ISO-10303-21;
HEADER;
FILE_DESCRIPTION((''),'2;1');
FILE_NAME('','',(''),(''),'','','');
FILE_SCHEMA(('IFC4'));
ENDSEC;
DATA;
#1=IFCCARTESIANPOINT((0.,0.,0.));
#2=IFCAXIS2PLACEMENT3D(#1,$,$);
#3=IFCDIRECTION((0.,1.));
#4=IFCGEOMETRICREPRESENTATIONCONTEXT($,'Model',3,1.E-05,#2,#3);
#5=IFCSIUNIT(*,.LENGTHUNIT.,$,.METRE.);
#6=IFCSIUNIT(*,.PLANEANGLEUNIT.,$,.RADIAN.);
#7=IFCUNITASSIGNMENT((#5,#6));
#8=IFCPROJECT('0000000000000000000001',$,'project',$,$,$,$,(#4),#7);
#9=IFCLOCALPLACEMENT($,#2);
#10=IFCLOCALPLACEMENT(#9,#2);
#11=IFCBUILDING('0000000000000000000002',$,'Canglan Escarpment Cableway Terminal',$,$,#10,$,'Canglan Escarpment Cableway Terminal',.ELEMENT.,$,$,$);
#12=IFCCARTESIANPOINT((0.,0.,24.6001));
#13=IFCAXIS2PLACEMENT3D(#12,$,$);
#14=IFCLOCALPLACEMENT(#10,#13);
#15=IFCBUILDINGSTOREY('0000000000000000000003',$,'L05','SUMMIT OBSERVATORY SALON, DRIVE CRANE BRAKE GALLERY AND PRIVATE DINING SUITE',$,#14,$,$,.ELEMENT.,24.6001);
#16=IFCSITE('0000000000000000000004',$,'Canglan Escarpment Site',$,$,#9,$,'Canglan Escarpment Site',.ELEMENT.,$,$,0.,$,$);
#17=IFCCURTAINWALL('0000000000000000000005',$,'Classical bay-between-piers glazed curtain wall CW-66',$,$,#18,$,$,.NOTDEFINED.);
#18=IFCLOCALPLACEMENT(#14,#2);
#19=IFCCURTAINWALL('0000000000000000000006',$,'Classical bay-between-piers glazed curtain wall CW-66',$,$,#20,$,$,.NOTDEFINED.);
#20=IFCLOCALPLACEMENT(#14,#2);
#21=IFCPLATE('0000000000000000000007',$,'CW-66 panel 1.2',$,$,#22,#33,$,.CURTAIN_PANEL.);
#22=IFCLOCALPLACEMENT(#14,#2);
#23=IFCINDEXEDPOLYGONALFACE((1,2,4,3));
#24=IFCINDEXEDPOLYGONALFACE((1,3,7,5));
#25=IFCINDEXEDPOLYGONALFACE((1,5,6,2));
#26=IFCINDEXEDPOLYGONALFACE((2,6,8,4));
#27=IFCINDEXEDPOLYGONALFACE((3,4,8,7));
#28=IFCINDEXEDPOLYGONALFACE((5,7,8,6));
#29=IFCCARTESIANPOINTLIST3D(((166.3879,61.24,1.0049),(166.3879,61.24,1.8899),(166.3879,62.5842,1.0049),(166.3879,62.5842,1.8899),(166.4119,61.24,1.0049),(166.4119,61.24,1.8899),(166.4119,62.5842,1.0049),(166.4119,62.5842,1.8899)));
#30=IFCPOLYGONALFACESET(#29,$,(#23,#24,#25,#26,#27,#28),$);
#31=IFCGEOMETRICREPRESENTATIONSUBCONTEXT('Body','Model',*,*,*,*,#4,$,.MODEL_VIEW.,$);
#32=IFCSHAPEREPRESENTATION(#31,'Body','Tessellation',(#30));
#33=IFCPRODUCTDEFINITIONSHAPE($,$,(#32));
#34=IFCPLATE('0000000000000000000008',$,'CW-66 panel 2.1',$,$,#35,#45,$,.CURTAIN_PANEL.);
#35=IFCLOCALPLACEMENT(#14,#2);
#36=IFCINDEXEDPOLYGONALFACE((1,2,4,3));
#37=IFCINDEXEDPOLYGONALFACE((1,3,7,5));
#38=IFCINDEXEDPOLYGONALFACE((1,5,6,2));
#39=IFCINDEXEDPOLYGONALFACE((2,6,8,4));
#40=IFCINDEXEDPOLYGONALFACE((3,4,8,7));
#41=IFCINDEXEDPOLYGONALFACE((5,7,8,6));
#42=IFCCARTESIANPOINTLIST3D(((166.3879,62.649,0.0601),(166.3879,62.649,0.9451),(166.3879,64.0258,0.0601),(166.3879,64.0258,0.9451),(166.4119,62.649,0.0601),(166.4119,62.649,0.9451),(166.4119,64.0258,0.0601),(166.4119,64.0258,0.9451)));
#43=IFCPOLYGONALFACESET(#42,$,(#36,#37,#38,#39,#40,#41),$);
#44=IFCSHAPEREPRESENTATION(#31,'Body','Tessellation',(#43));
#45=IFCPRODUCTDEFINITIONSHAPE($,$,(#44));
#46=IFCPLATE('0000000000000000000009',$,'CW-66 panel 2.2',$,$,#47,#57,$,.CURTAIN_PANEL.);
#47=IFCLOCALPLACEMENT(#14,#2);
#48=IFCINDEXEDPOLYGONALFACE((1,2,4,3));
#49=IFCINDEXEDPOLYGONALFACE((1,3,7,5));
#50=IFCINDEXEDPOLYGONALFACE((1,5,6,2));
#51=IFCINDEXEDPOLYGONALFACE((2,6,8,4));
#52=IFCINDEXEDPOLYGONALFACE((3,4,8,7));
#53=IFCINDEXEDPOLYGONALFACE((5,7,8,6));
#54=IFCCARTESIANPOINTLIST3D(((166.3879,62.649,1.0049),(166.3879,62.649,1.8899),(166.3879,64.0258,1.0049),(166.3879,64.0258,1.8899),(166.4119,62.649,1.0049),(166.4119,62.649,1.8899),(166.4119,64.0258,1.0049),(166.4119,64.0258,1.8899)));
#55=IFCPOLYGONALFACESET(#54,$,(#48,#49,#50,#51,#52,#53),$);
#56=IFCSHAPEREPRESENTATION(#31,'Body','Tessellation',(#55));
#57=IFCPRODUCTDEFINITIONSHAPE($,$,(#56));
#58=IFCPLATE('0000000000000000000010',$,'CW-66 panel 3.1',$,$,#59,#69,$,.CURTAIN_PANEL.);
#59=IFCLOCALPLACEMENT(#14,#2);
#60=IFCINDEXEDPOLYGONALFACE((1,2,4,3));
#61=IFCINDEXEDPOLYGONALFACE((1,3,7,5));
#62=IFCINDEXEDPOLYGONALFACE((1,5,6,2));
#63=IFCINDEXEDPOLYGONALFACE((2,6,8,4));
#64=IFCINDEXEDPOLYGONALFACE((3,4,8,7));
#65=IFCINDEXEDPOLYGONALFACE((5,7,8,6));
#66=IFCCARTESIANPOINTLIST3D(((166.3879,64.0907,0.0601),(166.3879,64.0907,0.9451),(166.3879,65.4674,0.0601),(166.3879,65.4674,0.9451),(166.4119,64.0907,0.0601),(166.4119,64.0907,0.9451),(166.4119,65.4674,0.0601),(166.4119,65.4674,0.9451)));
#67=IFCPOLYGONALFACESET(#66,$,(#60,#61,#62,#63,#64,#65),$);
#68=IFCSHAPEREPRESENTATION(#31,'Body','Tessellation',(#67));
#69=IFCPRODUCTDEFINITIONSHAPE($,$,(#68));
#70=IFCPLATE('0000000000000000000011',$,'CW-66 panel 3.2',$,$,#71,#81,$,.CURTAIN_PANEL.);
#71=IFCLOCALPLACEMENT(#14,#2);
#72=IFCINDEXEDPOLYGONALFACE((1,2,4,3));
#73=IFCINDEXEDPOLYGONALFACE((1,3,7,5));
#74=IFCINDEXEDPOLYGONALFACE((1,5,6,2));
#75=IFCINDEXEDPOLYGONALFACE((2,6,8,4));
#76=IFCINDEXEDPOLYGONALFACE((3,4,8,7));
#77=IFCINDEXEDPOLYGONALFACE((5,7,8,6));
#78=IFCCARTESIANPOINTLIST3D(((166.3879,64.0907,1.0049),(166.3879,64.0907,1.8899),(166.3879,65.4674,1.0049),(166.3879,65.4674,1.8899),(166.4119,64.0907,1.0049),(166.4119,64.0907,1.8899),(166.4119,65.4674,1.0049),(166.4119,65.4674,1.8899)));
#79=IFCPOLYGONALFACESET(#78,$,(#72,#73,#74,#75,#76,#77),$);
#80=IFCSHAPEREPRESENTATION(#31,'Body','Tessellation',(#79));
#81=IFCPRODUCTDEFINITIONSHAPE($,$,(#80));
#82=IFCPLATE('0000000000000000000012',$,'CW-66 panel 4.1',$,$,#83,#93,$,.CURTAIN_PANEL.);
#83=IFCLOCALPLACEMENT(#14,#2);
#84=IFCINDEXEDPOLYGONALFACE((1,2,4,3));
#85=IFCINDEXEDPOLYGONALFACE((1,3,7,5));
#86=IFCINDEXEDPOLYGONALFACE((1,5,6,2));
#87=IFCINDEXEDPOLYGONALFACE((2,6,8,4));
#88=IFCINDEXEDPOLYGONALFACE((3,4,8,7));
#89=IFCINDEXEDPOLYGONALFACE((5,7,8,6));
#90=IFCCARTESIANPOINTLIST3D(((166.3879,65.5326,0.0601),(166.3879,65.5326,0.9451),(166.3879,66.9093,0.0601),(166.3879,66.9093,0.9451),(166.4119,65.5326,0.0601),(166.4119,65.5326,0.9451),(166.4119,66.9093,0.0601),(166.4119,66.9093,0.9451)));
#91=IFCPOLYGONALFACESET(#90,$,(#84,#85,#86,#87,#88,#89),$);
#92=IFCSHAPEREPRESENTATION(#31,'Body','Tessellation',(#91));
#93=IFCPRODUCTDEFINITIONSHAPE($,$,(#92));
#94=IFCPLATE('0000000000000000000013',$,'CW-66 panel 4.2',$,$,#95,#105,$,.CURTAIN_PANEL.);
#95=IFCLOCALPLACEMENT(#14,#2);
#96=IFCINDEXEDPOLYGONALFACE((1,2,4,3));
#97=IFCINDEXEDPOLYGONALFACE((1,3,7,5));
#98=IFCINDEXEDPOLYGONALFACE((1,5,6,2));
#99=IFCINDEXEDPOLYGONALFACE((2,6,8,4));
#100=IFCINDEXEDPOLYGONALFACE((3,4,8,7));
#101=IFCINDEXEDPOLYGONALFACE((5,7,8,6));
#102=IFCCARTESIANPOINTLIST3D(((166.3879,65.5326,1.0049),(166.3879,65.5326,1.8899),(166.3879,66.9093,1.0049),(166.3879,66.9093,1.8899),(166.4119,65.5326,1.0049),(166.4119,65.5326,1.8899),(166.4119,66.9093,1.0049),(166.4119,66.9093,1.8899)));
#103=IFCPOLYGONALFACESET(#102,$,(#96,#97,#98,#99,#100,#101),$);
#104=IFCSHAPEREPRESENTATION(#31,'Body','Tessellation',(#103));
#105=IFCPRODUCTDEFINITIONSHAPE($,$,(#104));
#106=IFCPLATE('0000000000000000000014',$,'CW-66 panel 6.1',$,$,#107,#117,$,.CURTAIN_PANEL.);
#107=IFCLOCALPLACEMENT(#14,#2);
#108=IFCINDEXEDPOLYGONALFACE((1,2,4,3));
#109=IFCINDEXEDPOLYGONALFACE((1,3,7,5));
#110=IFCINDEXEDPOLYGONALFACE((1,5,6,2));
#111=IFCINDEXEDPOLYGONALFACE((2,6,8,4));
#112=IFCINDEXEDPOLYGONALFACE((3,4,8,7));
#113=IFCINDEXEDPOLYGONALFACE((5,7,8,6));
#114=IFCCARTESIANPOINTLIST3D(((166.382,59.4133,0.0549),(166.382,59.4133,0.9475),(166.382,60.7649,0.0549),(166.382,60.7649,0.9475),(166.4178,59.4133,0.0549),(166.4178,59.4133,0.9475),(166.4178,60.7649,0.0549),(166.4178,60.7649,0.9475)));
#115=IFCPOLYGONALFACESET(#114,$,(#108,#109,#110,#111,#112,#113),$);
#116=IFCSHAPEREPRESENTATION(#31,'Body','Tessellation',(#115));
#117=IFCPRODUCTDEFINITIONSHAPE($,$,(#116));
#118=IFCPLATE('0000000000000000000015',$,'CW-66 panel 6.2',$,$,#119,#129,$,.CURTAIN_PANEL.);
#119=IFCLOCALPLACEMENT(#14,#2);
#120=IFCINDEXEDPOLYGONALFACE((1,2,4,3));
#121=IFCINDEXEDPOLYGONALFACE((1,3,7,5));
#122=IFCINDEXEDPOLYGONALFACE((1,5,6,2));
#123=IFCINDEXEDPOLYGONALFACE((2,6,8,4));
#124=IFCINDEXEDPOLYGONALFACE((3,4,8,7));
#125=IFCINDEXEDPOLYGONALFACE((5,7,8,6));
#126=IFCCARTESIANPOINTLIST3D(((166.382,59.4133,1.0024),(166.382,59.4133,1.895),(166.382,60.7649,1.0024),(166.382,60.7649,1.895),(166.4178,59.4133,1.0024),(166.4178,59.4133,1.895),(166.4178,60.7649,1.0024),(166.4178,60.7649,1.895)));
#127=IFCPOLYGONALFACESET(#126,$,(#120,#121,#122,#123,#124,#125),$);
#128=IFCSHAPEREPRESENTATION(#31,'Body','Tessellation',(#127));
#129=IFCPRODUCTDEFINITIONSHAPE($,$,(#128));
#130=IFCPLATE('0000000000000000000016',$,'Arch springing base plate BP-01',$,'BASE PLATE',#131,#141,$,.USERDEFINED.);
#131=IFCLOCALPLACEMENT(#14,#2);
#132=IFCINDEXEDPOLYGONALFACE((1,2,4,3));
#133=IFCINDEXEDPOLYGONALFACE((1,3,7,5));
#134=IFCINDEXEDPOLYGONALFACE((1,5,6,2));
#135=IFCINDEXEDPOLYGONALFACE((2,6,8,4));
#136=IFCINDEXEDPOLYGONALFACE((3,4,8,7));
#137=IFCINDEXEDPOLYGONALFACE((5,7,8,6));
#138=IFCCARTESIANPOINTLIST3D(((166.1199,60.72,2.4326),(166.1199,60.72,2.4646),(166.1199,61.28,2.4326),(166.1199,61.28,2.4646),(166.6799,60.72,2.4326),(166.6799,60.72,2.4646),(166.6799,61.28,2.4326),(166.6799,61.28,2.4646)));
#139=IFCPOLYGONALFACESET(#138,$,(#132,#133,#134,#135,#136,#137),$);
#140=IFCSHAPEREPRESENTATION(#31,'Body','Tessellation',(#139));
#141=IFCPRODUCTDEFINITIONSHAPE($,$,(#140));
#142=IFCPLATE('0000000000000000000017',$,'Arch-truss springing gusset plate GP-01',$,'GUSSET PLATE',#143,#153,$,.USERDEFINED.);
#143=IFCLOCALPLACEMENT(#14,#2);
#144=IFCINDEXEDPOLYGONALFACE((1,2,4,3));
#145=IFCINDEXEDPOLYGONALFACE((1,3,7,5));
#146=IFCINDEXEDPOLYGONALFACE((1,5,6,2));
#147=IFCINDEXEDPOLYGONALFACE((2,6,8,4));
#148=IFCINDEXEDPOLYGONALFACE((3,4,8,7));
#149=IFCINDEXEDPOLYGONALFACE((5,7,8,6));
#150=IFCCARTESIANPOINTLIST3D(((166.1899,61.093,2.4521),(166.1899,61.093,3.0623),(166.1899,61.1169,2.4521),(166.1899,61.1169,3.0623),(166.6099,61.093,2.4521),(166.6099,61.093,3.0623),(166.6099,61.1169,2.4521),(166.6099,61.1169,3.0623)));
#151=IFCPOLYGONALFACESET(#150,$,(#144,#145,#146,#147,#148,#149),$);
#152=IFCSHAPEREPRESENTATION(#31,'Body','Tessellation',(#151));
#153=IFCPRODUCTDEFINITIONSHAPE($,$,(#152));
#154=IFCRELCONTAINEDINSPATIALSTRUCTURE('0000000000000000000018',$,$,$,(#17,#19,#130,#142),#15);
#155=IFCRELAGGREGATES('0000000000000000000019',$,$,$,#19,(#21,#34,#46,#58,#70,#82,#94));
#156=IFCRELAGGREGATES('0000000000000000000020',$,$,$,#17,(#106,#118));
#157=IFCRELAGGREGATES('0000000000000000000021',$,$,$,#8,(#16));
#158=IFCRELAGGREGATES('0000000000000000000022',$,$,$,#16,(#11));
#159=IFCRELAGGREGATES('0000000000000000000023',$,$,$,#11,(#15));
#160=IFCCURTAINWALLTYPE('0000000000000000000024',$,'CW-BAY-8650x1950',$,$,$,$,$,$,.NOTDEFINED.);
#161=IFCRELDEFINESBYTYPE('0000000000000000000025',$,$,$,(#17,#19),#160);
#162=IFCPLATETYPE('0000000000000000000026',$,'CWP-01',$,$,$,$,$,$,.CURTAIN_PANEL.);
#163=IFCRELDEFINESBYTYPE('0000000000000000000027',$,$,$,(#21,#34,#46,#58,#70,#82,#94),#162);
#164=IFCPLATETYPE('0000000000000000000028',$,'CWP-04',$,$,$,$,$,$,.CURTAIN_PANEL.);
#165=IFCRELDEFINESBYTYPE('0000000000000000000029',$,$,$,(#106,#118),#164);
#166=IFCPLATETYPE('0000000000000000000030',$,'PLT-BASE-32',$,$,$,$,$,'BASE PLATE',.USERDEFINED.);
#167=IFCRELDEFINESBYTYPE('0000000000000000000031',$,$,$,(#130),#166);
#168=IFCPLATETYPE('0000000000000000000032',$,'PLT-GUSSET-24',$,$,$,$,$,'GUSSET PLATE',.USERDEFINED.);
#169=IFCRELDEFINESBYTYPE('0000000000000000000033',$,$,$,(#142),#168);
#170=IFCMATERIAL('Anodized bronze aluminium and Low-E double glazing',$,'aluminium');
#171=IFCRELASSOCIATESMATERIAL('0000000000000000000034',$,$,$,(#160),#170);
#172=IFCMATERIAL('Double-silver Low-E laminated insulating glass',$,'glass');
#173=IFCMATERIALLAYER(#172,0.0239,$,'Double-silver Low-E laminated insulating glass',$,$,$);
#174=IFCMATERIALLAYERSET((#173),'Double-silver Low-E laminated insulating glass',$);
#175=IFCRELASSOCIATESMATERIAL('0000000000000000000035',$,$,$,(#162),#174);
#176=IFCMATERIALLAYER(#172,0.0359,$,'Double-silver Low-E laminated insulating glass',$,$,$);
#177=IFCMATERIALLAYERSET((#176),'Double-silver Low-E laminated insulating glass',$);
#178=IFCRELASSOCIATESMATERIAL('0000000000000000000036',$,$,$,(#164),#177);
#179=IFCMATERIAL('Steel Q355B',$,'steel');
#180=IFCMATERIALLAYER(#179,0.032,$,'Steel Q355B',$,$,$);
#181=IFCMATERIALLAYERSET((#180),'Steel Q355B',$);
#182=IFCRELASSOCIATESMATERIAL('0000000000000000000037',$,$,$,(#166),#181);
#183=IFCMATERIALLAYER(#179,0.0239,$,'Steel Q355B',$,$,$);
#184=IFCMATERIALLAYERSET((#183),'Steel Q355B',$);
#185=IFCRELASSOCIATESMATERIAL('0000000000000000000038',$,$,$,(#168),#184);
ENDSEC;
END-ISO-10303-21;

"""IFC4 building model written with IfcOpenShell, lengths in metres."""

from ifc_helpers import new_model, si_unit, direction, frame, origin, origin_2d, place, context, subcontext, project, spatial, rectangle, extrude, material, layer, layer_set, type_object, element, aggregate, save


model = new_model("IFC4")

# Units and contexts
model_context = context("Model", 3, precision=1e-05, world=origin(), true_north=direction((0.0, 1.0)))
body_context = subcontext(model_context, "Body", "Model", "MODEL_VIEW")
ifc_project = project(units=[si_unit("LENGTHUNIT", "METRE"), si_unit("PLANEANGLEUNIT", "RADIAN")], contexts=[model_context])

# Site, building, storey
site_placement = place(None, origin())
site = spatial("IfcSite", under=ifc_project, at=site_placement, Name="Canglan Escarpment Site", LongName="Canglan Escarpment Site", CompositionType="ELEMENT", RefElevation=0.0)
building_placement = place(site_placement, origin())
building = spatial("IfcBuilding", under=site, at=building_placement, Name="Canglan Escarpment Cableway Terminal", LongName="Canglan Escarpment Cableway Terminal", CompositionType="ELEMENT")
storey_placement = place(building_placement, frame((0.0, 0.0, 24.6001)))
storey = spatial("IfcBuildingStorey", under=building, at=storey_placement, Name="L05", Description="SUMMIT OBSERVATORY SALON, DRIVE CRANE BRAKE GALLERY AND PRIVATE DINING SUITE", CompositionType="ELEMENT", Elevation=24.6001)

# Shared definitions
ifc_material_1 = material(Name="Steel Q355B", Category="steel")

# Curtain wall
ifc_material_2 = material(Name="Anodized bronze aluminium and Low-E double glazing", Category="aluminium")
curtain_wall_type = type_object("IfcCurtainWallType", Name="CW-BAY-8650x1950", PredefinedType="NOTDEFINED", material=ifc_material_2)
curtain_wall_1_placement = place(storey_placement, origin())
curtain_wall_1 = element("IfcCurtainWall", 1, at=curtain_wall_1_placement, inside=storey, type_object=curtain_wall_type, Name="Classical bay-between-piers glazed curtain wall CW-66", PredefinedType="NOTDEFINED")

# Curtain wall
curtain_wall_2_placement = place(storey_placement, origin())
curtain_wall_2 = element("IfcCurtainWall", 2, at=curtain_wall_2_placement, inside=storey, type_object=curtain_wall_type, Name="Classical bay-between-piers glazed curtain wall CW-66", PredefinedType="NOTDEFINED")

# Plates
ifc_material_3 = material(Name="Double-silver Low-E laminated insulating glass", Category="glass")
ifc_layer_1 = layer(ifc_material_3, 0.0239, Name="Double-silver Low-E laminated insulating glass")
ifc_layer_set_1 = layer_set([ifc_layer_1], Name="Double-silver Low-E laminated insulating glass")
plate_type_1 = type_object("IfcPlateType", Name="CWP-01", PredefinedType="CURTAIN_PANEL", material=ifc_layer_set_1)
plate_1_placement = place(storey_placement, frame((166.3999, 61.9121, 1.0049), z_axis=(0.0, 0.0, 1.0), x_axis=(0.0, 1.0, 0.0)))
plate_1 = element("IfcPlate", 3, at=plate_1_placement, type_object=plate_type_1, Name="CW-66 panel 1.2", PredefinedType="CURTAIN_PANEL", context=body_context, shape_type="SweptSolid", body=[
    extrude(rectangle(XDim=1.3442, YDim=0.0239, at=origin_2d()), origin(), (0.0, 0.0, 1.0), 0.885),
])
plate_2_placement = place(storey_placement, frame((166.3999, 63.3374, 0.0601), z_axis=(0.0, 0.0, 1.0), x_axis=(0.0, 1.0, 0.0)))
plate_2 = element("IfcPlate", 4, at=plate_2_placement, type_object=plate_type_1, Name="CW-66 panel 2.1", PredefinedType="CURTAIN_PANEL", context=body_context, shape_type="SweptSolid", body=[
    extrude(rectangle(XDim=1.3767, YDim=0.0239, at=origin_2d()), origin(), (0.0, 0.0, 1.0), 0.885),
])
plate_3_placement = place(storey_placement, frame((166.3999, 63.3374, 1.0049), z_axis=(0.0, 0.0, 1.0), x_axis=(0.0, 1.0, 0.0)))
plate_3 = element("IfcPlate", 5, at=plate_3_placement, type_object=plate_type_1, Name="CW-66 panel 2.2", PredefinedType="CURTAIN_PANEL", context=body_context, shape_type="SweptSolid", body=[
    extrude(rectangle(XDim=1.3767, YDim=0.0239, at=origin_2d()), origin(), (0.0, 0.0, 1.0), 0.885),
])
plate_4_placement = place(storey_placement, frame((166.3999, 64.7791, 0.0601), z_axis=(0.0, 0.0, 1.0), x_axis=(0.0, 1.0, 0.0)))
plate_4 = element("IfcPlate", 6, at=plate_4_placement, type_object=plate_type_1, Name="CW-66 panel 3.1", PredefinedType="CURTAIN_PANEL", context=body_context, shape_type="SweptSolid", body=[
    extrude(rectangle(XDim=1.3767, YDim=0.0239, at=origin_2d()), origin(), (0.0, 0.0, 1.0), 0.885),
])
plate_5_placement = place(storey_placement, frame((166.3999, 64.7791, 1.0049), z_axis=(0.0, 0.0, 1.0), x_axis=(0.0, 1.0, 0.0)))
plate_5 = element("IfcPlate", 7, at=plate_5_placement, type_object=plate_type_1, Name="CW-66 panel 3.2", PredefinedType="CURTAIN_PANEL", context=body_context, shape_type="SweptSolid", body=[
    extrude(rectangle(XDim=1.3767, YDim=0.0239, at=origin_2d()), origin(), (0.0, 0.0, 1.0), 0.885),
])
plate_6_placement = place(storey_placement, frame((166.3999, 66.2209, 0.0601), z_axis=(0.0, 0.0, 1.0), x_axis=(0.0, 1.0, 0.0)))
plate_6 = element("IfcPlate", 8, at=plate_6_placement, type_object=plate_type_1, Name="CW-66 panel 4.1", PredefinedType="CURTAIN_PANEL", context=body_context, shape_type="SweptSolid", body=[
    extrude(rectangle(XDim=1.3767, YDim=0.0239, at=origin_2d()), origin(), (0.0, 0.0, 1.0), 0.885),
])
plate_7_placement = place(storey_placement, frame((166.3999, 66.2209, 1.0049), z_axis=(0.0, 0.0, 1.0), x_axis=(0.0, 1.0, 0.0)))
plate_7 = element("IfcPlate", 9, at=plate_7_placement, type_object=plate_type_1, Name="CW-66 panel 4.2", PredefinedType="CURTAIN_PANEL", context=body_context, shape_type="SweptSolid", body=[
    extrude(rectangle(XDim=1.3767, YDim=0.0239, at=origin_2d()), origin(), (0.0, 0.0, 1.0), 0.885),
])
aggregate(curtain_wall_2, [plate_1, plate_2, plate_3, plate_4, plate_5, plate_6, plate_7])
ifc_layer_2 = layer(ifc_material_3, 0.0359, Name="Double-silver Low-E laminated insulating glass")
ifc_layer_set_2 = layer_set([ifc_layer_2], Name="Double-silver Low-E laminated insulating glass")
plate_type_2 = type_object("IfcPlateType", Name="CWP-04", PredefinedType="CURTAIN_PANEL", material=ifc_layer_set_2)
plate_8_placement = place(storey_placement, frame((166.3999, 60.0891, 0.0549), z_axis=(0.0, 0.0, 1.0), x_axis=(0.0, 1.0, 0.0)))
plate_8 = element("IfcPlate", 10, at=plate_8_placement, type_object=plate_type_2, Name="CW-66 panel 6.1", PredefinedType="CURTAIN_PANEL", context=body_context, shape_type="SweptSolid", body=[
    extrude(rectangle(XDim=1.3516, YDim=0.0359, at=origin_2d()), origin(), (0.0, 0.0, 1.0), 0.8926),
])
plate_9_placement = place(storey_placement, frame((166.3999, 60.0891, 1.0024), z_axis=(0.0, 0.0, 1.0), x_axis=(0.0, 1.0, 0.0)))
plate_9 = element("IfcPlate", 11, at=plate_9_placement, type_object=plate_type_2, Name="CW-66 panel 6.2", PredefinedType="CURTAIN_PANEL", context=body_context, shape_type="SweptSolid", body=[
    extrude(rectangle(XDim=1.3516, YDim=0.0359, at=origin_2d()), origin(), (0.0, 0.0, 1.0), 0.8926),
])
aggregate(curtain_wall_1, [plate_8, plate_9])

# Plates
ifc_layer_3 = layer(ifc_material_1, 0.032, Name="Steel Q355B")
ifc_layer_set_3 = layer_set([ifc_layer_3], Name="Steel Q355B")
plate_type_3 = type_object("IfcPlateType", Name="PLT-BASE-32", ElementType="BASE PLATE", PredefinedType="USERDEFINED", material=ifc_layer_set_3)
plate_10_placement = place(storey_placement, frame((166.3999, 61.0, 2.4326), z_axis=(0.0, 0.0, 1.0), x_axis=(1.0, 0.0, 0.0)))
element("IfcPlate", 12, at=plate_10_placement, inside=storey, type_object=plate_type_3, Name="Arch springing base plate BP-01", ObjectType="BASE PLATE", PredefinedType="USERDEFINED", context=body_context, shape_type="SweptSolid", body=[
    extrude(rectangle(XDim=0.5601, YDim=0.5601, at=origin_2d()), origin(), (0.0, 0.0, 1.0), 0.032),
])
ifc_layer_4 = layer(ifc_material_1, 0.0239, Name="Steel Q355B")
ifc_layer_set_4 = layer_set([ifc_layer_4], Name="Steel Q355B")
plate_type_4 = type_object("IfcPlateType", Name="PLT-GUSSET-24", ElementType="GUSSET PLATE", PredefinedType="USERDEFINED", material=ifc_layer_set_4)
plate_11_placement = place(storey_placement, frame((166.3999, 61.105, 2.4521), z_axis=(0.0, 0.0, 1.0), x_axis=(1.0, 0.0, 0.0)))
element("IfcPlate", 13, at=plate_11_placement, inside=storey, type_object=plate_type_4, Name="Arch-truss springing gusset plate GP-01", ObjectType="GUSSET PLATE", PredefinedType="USERDEFINED", context=body_context, shape_type="SweptSolid", body=[
    extrude(rectangle(XDim=0.4199, YDim=0.0239, at=origin_2d()), origin(), (0.0, 0.0, 1.0), 0.6101),
])

save(model, "model.ifc")
